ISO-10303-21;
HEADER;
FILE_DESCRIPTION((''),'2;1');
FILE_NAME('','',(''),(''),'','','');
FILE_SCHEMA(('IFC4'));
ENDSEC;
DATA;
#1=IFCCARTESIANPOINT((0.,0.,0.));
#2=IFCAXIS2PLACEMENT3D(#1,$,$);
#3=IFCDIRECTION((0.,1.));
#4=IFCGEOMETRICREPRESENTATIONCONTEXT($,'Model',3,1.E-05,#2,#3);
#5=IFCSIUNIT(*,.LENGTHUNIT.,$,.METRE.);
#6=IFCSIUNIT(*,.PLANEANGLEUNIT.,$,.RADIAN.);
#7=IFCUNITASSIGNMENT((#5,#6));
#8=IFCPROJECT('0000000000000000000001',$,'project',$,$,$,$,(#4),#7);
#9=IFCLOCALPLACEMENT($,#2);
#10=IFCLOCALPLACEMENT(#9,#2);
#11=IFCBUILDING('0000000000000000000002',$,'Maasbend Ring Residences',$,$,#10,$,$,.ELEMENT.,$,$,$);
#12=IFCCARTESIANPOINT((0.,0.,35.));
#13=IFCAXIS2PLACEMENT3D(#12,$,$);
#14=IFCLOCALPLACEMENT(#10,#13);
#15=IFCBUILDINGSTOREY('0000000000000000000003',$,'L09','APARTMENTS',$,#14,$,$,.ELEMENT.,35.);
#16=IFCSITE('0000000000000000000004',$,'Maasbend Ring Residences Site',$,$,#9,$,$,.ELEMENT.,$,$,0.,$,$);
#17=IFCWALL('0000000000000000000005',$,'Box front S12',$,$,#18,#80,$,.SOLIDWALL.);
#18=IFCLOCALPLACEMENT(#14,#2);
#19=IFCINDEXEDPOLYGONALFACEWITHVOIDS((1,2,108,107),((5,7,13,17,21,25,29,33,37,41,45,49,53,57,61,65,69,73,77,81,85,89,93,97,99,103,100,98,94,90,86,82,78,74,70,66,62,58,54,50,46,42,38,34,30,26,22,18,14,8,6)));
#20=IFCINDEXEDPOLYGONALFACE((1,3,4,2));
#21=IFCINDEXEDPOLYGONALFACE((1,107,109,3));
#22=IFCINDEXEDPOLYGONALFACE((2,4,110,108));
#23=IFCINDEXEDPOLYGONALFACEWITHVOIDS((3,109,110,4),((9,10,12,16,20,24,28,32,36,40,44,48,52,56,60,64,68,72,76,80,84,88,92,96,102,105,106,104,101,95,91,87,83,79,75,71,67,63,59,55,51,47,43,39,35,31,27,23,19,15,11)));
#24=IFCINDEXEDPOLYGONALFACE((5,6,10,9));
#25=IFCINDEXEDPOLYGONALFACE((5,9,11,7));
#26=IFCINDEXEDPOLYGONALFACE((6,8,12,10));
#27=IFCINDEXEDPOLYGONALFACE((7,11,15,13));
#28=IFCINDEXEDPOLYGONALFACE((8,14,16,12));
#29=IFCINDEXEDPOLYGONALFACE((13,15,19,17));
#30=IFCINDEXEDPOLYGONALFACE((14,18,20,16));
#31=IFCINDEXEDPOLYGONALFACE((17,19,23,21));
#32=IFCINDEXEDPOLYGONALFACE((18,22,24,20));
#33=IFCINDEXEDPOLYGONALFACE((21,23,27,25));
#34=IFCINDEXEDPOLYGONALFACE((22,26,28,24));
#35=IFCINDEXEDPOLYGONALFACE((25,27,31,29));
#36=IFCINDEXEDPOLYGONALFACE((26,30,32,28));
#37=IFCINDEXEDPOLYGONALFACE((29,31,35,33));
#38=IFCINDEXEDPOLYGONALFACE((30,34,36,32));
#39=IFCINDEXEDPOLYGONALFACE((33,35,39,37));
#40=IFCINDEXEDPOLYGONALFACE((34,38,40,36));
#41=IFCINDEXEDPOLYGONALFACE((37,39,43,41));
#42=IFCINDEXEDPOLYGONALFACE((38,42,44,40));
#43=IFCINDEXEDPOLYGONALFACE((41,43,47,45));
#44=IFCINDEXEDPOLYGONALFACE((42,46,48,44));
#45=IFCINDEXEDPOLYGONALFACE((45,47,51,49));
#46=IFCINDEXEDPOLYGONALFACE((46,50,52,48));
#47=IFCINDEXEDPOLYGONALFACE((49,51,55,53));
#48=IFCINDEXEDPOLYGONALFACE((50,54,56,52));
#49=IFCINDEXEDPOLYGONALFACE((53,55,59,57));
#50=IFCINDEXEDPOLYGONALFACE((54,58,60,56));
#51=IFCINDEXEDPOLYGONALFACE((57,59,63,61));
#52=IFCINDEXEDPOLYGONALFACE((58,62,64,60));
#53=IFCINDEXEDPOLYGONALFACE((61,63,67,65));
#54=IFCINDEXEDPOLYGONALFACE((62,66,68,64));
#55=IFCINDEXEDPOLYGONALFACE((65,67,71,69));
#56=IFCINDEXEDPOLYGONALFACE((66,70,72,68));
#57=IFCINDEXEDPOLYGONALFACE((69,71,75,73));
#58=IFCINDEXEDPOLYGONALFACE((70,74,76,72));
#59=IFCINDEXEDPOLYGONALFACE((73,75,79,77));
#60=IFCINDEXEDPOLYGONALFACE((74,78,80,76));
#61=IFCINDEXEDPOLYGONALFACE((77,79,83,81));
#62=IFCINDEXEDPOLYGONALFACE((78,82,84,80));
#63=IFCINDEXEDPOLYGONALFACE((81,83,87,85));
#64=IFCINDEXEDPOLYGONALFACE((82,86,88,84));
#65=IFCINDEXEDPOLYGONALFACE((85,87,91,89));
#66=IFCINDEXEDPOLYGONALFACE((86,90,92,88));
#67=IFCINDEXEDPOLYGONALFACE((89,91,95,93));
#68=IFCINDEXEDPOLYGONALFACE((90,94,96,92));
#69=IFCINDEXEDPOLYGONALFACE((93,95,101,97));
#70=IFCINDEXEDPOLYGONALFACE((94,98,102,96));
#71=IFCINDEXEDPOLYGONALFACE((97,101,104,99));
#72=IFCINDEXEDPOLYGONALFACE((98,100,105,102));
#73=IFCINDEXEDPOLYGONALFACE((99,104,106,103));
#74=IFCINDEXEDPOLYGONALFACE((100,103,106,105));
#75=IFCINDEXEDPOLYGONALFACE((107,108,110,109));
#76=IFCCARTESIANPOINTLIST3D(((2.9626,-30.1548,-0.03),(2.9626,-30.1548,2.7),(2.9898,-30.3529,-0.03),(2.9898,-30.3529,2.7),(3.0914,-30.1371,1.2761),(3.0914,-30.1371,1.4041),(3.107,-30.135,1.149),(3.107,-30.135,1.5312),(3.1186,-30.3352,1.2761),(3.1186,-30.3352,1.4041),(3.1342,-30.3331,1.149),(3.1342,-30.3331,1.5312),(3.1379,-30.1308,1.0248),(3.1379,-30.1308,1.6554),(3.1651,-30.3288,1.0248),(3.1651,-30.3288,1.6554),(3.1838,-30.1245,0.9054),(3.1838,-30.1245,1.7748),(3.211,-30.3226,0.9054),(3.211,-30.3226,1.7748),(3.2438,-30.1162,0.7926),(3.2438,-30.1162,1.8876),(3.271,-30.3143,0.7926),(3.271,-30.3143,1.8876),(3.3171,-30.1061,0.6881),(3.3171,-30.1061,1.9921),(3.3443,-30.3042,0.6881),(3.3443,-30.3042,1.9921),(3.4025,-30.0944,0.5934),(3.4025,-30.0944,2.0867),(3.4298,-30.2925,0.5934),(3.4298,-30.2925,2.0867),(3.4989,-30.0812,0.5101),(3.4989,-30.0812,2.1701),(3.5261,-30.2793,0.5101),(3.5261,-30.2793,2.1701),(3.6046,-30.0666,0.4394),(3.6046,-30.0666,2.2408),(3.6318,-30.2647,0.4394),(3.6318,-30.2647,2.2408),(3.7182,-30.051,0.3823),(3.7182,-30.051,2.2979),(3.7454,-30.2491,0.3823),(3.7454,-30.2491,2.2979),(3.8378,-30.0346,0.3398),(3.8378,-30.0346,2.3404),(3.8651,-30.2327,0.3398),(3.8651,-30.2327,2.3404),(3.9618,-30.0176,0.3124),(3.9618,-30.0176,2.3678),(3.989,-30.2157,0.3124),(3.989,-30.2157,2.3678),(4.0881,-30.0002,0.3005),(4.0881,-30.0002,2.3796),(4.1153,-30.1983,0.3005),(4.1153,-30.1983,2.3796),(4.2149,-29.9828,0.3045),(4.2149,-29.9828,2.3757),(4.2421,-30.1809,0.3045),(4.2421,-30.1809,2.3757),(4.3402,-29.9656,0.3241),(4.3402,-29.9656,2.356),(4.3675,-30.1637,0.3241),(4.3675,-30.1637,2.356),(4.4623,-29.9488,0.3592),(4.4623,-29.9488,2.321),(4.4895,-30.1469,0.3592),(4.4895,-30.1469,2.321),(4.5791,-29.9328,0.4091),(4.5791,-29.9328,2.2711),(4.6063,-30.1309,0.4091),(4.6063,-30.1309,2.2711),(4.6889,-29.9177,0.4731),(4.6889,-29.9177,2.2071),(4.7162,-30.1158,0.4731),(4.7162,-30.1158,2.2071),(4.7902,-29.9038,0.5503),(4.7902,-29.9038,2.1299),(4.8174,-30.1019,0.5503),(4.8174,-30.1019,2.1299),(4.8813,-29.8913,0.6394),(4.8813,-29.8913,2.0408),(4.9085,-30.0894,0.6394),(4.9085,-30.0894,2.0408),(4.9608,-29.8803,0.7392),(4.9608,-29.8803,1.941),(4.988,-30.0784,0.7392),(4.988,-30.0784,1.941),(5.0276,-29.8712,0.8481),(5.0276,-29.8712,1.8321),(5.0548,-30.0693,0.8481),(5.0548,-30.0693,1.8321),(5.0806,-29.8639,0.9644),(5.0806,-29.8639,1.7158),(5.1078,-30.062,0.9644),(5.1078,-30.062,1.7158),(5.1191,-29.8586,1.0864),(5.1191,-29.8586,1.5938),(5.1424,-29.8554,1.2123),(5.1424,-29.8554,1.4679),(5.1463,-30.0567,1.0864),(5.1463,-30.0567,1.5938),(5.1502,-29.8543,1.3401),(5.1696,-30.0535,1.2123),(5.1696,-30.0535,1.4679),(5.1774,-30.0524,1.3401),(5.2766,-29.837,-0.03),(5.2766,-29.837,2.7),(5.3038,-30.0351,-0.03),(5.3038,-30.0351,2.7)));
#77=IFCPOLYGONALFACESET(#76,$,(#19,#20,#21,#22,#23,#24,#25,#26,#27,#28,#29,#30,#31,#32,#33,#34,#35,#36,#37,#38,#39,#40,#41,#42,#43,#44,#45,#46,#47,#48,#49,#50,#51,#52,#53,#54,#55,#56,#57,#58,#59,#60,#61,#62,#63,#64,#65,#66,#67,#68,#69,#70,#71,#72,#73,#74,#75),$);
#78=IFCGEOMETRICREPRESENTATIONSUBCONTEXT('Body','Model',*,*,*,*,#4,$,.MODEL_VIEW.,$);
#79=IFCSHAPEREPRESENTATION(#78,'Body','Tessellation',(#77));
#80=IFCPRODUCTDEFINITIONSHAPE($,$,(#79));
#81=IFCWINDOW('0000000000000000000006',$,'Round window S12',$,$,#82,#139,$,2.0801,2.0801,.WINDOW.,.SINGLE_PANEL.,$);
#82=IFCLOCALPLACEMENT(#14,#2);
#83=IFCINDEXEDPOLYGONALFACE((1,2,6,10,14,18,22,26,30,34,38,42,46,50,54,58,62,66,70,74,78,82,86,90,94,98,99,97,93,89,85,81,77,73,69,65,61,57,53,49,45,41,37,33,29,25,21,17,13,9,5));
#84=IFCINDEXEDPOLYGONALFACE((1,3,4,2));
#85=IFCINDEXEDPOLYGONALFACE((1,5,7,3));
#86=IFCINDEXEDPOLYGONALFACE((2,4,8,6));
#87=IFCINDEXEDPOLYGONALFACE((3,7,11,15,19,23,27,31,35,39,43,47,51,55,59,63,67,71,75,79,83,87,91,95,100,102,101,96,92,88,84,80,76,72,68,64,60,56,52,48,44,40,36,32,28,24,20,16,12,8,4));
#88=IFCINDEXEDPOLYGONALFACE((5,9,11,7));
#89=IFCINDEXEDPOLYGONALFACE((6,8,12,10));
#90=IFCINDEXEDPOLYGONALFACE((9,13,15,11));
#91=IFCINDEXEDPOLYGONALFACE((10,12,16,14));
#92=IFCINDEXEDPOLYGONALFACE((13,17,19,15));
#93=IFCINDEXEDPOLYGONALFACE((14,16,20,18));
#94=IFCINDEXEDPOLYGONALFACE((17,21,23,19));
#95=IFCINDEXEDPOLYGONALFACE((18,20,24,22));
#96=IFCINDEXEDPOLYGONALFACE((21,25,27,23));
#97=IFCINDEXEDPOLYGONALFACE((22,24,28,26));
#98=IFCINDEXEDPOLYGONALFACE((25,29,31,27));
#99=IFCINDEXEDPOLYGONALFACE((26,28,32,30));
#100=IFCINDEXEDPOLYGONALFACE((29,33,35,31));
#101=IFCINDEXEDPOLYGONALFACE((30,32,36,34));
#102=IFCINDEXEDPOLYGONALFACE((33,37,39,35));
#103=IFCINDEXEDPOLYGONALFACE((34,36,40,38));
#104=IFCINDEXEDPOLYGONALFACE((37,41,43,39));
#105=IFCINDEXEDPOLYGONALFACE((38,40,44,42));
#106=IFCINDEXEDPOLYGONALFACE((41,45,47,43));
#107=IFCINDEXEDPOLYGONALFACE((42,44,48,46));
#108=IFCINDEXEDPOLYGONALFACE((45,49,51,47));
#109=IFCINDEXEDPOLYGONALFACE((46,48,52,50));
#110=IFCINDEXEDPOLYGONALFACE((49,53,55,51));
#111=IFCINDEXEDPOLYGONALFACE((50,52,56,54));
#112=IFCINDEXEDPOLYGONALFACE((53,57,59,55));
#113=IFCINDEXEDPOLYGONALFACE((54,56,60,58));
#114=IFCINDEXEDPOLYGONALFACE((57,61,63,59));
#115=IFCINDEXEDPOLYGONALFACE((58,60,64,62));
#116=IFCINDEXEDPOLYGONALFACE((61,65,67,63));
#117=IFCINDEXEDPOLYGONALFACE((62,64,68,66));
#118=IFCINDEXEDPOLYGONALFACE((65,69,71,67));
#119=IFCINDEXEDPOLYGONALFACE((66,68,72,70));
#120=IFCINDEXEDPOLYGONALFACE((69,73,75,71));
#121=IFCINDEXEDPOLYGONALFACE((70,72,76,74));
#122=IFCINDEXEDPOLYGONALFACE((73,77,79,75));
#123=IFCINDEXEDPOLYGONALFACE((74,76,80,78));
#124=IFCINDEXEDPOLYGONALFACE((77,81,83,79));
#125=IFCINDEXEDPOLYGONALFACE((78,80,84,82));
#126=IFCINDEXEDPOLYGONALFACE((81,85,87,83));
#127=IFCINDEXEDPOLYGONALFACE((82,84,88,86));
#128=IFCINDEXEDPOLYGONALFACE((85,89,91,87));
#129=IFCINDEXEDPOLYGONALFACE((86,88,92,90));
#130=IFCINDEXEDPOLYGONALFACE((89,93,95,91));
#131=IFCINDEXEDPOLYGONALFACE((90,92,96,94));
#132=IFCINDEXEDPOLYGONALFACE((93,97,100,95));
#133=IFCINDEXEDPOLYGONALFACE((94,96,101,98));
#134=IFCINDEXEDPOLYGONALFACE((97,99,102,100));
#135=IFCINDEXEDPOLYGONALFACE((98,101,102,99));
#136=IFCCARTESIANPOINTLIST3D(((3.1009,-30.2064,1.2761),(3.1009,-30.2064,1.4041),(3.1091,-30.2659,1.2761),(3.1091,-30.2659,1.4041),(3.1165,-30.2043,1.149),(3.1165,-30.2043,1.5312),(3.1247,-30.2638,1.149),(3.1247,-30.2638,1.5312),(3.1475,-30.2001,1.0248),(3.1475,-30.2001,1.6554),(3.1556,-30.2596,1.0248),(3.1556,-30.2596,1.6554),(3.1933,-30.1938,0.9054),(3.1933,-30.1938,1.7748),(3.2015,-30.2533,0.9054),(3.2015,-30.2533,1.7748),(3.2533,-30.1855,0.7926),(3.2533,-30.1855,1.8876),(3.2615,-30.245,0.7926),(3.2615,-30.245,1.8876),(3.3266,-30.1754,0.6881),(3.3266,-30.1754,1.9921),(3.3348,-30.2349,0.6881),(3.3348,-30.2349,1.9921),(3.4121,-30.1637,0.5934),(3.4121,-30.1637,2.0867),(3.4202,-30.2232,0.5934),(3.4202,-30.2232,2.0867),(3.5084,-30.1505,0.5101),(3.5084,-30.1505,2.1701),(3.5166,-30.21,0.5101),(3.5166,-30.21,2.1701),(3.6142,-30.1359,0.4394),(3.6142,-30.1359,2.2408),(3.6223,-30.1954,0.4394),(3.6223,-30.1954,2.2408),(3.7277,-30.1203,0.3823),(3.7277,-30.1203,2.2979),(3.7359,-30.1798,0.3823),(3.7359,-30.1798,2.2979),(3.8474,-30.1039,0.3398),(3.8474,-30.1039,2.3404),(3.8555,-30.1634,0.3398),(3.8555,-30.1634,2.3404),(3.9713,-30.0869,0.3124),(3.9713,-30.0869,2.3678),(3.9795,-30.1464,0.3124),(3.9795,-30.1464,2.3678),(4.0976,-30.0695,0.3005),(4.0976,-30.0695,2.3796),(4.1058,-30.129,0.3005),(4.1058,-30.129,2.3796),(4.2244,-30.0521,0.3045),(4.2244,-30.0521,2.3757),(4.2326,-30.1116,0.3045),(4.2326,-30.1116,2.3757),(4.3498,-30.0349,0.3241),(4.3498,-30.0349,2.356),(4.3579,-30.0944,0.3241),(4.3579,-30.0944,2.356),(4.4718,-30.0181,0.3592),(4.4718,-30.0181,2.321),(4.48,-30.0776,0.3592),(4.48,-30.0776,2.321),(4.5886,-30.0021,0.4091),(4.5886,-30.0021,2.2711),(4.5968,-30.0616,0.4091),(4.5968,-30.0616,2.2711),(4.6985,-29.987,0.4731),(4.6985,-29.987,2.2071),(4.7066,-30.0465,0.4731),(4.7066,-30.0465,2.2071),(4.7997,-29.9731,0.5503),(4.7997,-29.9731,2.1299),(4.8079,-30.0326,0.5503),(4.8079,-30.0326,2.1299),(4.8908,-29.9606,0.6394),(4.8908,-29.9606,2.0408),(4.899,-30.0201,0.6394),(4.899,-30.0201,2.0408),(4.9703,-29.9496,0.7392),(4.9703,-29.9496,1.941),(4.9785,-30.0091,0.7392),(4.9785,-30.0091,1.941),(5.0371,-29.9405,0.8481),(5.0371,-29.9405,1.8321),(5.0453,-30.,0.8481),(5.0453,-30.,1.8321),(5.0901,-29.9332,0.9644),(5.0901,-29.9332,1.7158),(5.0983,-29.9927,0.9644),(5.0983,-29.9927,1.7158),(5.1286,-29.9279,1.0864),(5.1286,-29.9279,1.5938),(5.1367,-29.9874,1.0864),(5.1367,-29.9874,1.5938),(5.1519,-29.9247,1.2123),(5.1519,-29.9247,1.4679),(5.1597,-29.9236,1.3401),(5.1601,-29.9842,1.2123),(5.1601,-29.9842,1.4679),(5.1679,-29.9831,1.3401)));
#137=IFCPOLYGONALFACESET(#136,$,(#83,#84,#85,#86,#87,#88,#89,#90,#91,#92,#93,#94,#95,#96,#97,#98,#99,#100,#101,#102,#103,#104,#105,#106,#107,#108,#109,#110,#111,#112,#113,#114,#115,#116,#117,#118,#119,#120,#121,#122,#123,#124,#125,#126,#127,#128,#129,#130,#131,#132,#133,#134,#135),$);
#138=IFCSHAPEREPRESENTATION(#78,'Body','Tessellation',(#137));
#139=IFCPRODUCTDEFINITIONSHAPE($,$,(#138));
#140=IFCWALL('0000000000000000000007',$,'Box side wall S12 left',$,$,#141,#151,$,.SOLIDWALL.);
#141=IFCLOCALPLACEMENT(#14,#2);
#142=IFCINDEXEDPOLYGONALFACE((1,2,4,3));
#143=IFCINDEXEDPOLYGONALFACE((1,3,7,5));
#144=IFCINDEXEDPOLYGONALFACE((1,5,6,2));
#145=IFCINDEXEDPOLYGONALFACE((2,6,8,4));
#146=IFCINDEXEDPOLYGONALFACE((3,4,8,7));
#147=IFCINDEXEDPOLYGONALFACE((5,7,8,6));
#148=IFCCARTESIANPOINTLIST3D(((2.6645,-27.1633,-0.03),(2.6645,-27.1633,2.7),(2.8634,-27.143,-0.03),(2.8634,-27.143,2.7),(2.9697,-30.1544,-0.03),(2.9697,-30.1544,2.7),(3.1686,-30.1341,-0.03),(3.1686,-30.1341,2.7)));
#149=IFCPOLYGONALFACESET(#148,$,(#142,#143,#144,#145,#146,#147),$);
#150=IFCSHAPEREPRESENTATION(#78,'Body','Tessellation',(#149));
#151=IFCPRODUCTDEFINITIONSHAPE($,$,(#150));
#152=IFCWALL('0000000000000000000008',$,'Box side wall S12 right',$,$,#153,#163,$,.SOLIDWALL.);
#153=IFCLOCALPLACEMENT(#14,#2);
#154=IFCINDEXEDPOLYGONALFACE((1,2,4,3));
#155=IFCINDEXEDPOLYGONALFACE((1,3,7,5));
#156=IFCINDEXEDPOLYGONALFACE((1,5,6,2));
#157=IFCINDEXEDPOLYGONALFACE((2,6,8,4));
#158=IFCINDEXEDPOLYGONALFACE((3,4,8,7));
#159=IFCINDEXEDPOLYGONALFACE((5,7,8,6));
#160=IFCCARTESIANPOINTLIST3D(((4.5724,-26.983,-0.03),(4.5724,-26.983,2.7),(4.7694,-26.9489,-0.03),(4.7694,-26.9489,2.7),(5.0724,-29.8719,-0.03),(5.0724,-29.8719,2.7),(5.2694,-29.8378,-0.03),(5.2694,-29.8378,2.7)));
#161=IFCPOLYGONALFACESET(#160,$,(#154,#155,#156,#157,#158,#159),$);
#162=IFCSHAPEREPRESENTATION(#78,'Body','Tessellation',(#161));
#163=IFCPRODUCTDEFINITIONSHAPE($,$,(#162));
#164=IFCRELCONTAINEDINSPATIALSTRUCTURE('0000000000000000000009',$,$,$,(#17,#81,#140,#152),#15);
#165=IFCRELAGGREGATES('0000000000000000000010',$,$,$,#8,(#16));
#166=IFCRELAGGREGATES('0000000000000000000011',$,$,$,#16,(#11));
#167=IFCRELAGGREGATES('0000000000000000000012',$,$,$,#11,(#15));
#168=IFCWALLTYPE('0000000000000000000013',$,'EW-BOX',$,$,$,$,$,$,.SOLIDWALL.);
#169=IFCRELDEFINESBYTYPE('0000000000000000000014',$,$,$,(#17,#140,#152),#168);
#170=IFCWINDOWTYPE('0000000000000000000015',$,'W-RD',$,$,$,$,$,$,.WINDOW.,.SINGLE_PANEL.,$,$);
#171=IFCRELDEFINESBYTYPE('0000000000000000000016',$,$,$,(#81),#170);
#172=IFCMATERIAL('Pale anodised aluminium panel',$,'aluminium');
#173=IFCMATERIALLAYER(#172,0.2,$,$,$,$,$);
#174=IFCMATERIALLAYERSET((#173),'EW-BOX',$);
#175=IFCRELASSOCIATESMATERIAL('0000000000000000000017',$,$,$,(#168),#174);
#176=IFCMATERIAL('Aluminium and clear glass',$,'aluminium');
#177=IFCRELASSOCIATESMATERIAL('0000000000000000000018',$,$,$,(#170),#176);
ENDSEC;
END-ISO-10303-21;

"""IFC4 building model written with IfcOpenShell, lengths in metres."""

from ifc_helpers import new_model, si_unit, direction, frame, frame_2d, origin, place, context, subcontext, project, spatial, rectangle, circle, extrude, material, layer, layer_set, type_object, element, fill, save


model = new_model("IFC4")

# Units and contexts
model_context = context("Model", 3, precision=1e-05, world=origin(), true_north=direction((0.0, 1.0)))
body_context = subcontext(model_context, "Body", "Model", "MODEL_VIEW")
ifc_project = project(units=[si_unit("LENGTHUNIT", "METRE"), si_unit("PLANEANGLEUNIT", "RADIAN")], contexts=[model_context])

# Site, building, storey
site_placement = place(None, origin())
site = spatial("IfcSite", under=ifc_project, at=site_placement, Name="Maasbend Ring Residences Site", CompositionType="ELEMENT", RefElevation=0.0)
building_placement = place(site_placement, origin())
building = spatial("IfcBuilding", under=site, at=building_placement, Name="Maasbend Ring Residences", CompositionType="ELEMENT")
storey_placement = place(building_placement, frame((0.0, 0.0, 35.0)))
storey = spatial("IfcBuildingStorey", under=building, at=storey_placement, Name="L09", Description="APARTMENTS", CompositionType="ELEMENT", Elevation=35.0)

# Wall, opening, window
ifc_material_1 = material(Name="Pale anodised aluminium panel", Category="aluminium")
ifc_layer_1 = layer(ifc_material_1, 0.2)
ifc_layer_set_1 = layer_set([ifc_layer_1], Name="EW-BOX")
wall_type_1 = type_object("IfcWallType", Name="EW-BOX", PredefinedType="SOLIDWALL", material=ifc_layer_set_1)
wall_1_placement = place(storey_placement, frame((2.9761, -30.2539, -0.03), z_axis=(0.0, 0.0, 1.0), x_axis=(0.990696, 0.136093, 0.0)))
wall_1 = element("IfcWall", 1, at=wall_1_placement, inside=storey, type_object=wall_type_1, Name="Box front S12", PredefinedType="SOLIDWALL", context=body_context, shape_type="SweptSolid", body=[
    extrude(rectangle(XDim=2.3357, YDim=0.2, at=frame_2d((1.168, 0.0))), origin(), (0.0, 0.0, 1.0), 2.73),
])
opening_1_placement = place(wall_1_placement, frame((0.1282, 0.0, 0.3301)))
opening_1 = element("IfcOpeningElement", 2, at=opening_1_placement, cuts=wall_1, PredefinedType="OPENING", context=body_context, shape_type="SweptSolid", body=[
    extrude(circle(Radius=1.04, at=frame_2d((1.04, 1.04))), frame((0.0, 0.1099, 0.0), z_axis=(0.0, -1.0, 0.0), x_axis=(1.0, 0.0, 0.0)), (0.0, 0.0, 1.0), 0.22),
])
ifc_material_2 = material(Name="Aluminium and clear glass", Category="aluminium")
window_type_1 = type_object("IfcWindowType", Name="W-RD", PartitioningType="SINGLE_PANEL", PredefinedType="WINDOW", material=ifc_material_2)
window_1_placement = place(opening_1_placement, origin())
window_1 = element("IfcWindow", 3, at=window_1_placement, inside=storey, type_object=window_type_1, Name="Round window S12", OverallHeight=2.0801, OverallWidth=2.0801, PartitioningType="SINGLE_PANEL", PredefinedType="WINDOW", context=body_context, shape_type="SweptSolid", body=[
    extrude(circle(Radius=1.04, at=frame_2d((1.04, 1.04))), frame((0.0, 0.03, 0.0), z_axis=(0.0, -1.0, 0.0), x_axis=(1.0, 0.0, 0.0)), (0.0, 0.0, 1.0), 0.0601),
])
fill(opening_1, window_1)

# Walls
wall_2_placement = place(storey_placement, frame((2.7639, -27.1531, -0.03), z_axis=(0.0, 0.0, 1.0), x_axis=(0.101505, -0.994835, 0.0)))
element("IfcWall", 4, at=wall_2_placement, inside=storey, type_object=wall_type_1, Name="Box side wall S12 left", PredefinedType="SOLIDWALL", context=body_context, shape_type="SweptSolid", body=[
    extrude(rectangle(XDim=3.0066, YDim=0.2, at=frame_2d((1.5034, 0.0))), origin(), (0.0, 0.0, 1.0), 2.73),
])
wall_3_placement = place(storey_placement, frame((4.6709, -26.9661, -0.03), z_axis=(0.0, 0.0, 1.0), x_axis=(0.17054, -0.985351, 0.0)))
element("IfcWall", 5, at=wall_3_placement, inside=storey, type_object=wall_type_1, Name="Box side wall S12 right", PredefinedType="SOLIDWALL", context=body_context, shape_type="SweptSolid", body=[
    extrude(rectangle(XDim=2.9319, YDim=0.2, at=frame_2d((1.4658, 0.0))), origin(), (0.0, 0.0, 1.0), 2.73),
])

save(model, "model.ifc")
